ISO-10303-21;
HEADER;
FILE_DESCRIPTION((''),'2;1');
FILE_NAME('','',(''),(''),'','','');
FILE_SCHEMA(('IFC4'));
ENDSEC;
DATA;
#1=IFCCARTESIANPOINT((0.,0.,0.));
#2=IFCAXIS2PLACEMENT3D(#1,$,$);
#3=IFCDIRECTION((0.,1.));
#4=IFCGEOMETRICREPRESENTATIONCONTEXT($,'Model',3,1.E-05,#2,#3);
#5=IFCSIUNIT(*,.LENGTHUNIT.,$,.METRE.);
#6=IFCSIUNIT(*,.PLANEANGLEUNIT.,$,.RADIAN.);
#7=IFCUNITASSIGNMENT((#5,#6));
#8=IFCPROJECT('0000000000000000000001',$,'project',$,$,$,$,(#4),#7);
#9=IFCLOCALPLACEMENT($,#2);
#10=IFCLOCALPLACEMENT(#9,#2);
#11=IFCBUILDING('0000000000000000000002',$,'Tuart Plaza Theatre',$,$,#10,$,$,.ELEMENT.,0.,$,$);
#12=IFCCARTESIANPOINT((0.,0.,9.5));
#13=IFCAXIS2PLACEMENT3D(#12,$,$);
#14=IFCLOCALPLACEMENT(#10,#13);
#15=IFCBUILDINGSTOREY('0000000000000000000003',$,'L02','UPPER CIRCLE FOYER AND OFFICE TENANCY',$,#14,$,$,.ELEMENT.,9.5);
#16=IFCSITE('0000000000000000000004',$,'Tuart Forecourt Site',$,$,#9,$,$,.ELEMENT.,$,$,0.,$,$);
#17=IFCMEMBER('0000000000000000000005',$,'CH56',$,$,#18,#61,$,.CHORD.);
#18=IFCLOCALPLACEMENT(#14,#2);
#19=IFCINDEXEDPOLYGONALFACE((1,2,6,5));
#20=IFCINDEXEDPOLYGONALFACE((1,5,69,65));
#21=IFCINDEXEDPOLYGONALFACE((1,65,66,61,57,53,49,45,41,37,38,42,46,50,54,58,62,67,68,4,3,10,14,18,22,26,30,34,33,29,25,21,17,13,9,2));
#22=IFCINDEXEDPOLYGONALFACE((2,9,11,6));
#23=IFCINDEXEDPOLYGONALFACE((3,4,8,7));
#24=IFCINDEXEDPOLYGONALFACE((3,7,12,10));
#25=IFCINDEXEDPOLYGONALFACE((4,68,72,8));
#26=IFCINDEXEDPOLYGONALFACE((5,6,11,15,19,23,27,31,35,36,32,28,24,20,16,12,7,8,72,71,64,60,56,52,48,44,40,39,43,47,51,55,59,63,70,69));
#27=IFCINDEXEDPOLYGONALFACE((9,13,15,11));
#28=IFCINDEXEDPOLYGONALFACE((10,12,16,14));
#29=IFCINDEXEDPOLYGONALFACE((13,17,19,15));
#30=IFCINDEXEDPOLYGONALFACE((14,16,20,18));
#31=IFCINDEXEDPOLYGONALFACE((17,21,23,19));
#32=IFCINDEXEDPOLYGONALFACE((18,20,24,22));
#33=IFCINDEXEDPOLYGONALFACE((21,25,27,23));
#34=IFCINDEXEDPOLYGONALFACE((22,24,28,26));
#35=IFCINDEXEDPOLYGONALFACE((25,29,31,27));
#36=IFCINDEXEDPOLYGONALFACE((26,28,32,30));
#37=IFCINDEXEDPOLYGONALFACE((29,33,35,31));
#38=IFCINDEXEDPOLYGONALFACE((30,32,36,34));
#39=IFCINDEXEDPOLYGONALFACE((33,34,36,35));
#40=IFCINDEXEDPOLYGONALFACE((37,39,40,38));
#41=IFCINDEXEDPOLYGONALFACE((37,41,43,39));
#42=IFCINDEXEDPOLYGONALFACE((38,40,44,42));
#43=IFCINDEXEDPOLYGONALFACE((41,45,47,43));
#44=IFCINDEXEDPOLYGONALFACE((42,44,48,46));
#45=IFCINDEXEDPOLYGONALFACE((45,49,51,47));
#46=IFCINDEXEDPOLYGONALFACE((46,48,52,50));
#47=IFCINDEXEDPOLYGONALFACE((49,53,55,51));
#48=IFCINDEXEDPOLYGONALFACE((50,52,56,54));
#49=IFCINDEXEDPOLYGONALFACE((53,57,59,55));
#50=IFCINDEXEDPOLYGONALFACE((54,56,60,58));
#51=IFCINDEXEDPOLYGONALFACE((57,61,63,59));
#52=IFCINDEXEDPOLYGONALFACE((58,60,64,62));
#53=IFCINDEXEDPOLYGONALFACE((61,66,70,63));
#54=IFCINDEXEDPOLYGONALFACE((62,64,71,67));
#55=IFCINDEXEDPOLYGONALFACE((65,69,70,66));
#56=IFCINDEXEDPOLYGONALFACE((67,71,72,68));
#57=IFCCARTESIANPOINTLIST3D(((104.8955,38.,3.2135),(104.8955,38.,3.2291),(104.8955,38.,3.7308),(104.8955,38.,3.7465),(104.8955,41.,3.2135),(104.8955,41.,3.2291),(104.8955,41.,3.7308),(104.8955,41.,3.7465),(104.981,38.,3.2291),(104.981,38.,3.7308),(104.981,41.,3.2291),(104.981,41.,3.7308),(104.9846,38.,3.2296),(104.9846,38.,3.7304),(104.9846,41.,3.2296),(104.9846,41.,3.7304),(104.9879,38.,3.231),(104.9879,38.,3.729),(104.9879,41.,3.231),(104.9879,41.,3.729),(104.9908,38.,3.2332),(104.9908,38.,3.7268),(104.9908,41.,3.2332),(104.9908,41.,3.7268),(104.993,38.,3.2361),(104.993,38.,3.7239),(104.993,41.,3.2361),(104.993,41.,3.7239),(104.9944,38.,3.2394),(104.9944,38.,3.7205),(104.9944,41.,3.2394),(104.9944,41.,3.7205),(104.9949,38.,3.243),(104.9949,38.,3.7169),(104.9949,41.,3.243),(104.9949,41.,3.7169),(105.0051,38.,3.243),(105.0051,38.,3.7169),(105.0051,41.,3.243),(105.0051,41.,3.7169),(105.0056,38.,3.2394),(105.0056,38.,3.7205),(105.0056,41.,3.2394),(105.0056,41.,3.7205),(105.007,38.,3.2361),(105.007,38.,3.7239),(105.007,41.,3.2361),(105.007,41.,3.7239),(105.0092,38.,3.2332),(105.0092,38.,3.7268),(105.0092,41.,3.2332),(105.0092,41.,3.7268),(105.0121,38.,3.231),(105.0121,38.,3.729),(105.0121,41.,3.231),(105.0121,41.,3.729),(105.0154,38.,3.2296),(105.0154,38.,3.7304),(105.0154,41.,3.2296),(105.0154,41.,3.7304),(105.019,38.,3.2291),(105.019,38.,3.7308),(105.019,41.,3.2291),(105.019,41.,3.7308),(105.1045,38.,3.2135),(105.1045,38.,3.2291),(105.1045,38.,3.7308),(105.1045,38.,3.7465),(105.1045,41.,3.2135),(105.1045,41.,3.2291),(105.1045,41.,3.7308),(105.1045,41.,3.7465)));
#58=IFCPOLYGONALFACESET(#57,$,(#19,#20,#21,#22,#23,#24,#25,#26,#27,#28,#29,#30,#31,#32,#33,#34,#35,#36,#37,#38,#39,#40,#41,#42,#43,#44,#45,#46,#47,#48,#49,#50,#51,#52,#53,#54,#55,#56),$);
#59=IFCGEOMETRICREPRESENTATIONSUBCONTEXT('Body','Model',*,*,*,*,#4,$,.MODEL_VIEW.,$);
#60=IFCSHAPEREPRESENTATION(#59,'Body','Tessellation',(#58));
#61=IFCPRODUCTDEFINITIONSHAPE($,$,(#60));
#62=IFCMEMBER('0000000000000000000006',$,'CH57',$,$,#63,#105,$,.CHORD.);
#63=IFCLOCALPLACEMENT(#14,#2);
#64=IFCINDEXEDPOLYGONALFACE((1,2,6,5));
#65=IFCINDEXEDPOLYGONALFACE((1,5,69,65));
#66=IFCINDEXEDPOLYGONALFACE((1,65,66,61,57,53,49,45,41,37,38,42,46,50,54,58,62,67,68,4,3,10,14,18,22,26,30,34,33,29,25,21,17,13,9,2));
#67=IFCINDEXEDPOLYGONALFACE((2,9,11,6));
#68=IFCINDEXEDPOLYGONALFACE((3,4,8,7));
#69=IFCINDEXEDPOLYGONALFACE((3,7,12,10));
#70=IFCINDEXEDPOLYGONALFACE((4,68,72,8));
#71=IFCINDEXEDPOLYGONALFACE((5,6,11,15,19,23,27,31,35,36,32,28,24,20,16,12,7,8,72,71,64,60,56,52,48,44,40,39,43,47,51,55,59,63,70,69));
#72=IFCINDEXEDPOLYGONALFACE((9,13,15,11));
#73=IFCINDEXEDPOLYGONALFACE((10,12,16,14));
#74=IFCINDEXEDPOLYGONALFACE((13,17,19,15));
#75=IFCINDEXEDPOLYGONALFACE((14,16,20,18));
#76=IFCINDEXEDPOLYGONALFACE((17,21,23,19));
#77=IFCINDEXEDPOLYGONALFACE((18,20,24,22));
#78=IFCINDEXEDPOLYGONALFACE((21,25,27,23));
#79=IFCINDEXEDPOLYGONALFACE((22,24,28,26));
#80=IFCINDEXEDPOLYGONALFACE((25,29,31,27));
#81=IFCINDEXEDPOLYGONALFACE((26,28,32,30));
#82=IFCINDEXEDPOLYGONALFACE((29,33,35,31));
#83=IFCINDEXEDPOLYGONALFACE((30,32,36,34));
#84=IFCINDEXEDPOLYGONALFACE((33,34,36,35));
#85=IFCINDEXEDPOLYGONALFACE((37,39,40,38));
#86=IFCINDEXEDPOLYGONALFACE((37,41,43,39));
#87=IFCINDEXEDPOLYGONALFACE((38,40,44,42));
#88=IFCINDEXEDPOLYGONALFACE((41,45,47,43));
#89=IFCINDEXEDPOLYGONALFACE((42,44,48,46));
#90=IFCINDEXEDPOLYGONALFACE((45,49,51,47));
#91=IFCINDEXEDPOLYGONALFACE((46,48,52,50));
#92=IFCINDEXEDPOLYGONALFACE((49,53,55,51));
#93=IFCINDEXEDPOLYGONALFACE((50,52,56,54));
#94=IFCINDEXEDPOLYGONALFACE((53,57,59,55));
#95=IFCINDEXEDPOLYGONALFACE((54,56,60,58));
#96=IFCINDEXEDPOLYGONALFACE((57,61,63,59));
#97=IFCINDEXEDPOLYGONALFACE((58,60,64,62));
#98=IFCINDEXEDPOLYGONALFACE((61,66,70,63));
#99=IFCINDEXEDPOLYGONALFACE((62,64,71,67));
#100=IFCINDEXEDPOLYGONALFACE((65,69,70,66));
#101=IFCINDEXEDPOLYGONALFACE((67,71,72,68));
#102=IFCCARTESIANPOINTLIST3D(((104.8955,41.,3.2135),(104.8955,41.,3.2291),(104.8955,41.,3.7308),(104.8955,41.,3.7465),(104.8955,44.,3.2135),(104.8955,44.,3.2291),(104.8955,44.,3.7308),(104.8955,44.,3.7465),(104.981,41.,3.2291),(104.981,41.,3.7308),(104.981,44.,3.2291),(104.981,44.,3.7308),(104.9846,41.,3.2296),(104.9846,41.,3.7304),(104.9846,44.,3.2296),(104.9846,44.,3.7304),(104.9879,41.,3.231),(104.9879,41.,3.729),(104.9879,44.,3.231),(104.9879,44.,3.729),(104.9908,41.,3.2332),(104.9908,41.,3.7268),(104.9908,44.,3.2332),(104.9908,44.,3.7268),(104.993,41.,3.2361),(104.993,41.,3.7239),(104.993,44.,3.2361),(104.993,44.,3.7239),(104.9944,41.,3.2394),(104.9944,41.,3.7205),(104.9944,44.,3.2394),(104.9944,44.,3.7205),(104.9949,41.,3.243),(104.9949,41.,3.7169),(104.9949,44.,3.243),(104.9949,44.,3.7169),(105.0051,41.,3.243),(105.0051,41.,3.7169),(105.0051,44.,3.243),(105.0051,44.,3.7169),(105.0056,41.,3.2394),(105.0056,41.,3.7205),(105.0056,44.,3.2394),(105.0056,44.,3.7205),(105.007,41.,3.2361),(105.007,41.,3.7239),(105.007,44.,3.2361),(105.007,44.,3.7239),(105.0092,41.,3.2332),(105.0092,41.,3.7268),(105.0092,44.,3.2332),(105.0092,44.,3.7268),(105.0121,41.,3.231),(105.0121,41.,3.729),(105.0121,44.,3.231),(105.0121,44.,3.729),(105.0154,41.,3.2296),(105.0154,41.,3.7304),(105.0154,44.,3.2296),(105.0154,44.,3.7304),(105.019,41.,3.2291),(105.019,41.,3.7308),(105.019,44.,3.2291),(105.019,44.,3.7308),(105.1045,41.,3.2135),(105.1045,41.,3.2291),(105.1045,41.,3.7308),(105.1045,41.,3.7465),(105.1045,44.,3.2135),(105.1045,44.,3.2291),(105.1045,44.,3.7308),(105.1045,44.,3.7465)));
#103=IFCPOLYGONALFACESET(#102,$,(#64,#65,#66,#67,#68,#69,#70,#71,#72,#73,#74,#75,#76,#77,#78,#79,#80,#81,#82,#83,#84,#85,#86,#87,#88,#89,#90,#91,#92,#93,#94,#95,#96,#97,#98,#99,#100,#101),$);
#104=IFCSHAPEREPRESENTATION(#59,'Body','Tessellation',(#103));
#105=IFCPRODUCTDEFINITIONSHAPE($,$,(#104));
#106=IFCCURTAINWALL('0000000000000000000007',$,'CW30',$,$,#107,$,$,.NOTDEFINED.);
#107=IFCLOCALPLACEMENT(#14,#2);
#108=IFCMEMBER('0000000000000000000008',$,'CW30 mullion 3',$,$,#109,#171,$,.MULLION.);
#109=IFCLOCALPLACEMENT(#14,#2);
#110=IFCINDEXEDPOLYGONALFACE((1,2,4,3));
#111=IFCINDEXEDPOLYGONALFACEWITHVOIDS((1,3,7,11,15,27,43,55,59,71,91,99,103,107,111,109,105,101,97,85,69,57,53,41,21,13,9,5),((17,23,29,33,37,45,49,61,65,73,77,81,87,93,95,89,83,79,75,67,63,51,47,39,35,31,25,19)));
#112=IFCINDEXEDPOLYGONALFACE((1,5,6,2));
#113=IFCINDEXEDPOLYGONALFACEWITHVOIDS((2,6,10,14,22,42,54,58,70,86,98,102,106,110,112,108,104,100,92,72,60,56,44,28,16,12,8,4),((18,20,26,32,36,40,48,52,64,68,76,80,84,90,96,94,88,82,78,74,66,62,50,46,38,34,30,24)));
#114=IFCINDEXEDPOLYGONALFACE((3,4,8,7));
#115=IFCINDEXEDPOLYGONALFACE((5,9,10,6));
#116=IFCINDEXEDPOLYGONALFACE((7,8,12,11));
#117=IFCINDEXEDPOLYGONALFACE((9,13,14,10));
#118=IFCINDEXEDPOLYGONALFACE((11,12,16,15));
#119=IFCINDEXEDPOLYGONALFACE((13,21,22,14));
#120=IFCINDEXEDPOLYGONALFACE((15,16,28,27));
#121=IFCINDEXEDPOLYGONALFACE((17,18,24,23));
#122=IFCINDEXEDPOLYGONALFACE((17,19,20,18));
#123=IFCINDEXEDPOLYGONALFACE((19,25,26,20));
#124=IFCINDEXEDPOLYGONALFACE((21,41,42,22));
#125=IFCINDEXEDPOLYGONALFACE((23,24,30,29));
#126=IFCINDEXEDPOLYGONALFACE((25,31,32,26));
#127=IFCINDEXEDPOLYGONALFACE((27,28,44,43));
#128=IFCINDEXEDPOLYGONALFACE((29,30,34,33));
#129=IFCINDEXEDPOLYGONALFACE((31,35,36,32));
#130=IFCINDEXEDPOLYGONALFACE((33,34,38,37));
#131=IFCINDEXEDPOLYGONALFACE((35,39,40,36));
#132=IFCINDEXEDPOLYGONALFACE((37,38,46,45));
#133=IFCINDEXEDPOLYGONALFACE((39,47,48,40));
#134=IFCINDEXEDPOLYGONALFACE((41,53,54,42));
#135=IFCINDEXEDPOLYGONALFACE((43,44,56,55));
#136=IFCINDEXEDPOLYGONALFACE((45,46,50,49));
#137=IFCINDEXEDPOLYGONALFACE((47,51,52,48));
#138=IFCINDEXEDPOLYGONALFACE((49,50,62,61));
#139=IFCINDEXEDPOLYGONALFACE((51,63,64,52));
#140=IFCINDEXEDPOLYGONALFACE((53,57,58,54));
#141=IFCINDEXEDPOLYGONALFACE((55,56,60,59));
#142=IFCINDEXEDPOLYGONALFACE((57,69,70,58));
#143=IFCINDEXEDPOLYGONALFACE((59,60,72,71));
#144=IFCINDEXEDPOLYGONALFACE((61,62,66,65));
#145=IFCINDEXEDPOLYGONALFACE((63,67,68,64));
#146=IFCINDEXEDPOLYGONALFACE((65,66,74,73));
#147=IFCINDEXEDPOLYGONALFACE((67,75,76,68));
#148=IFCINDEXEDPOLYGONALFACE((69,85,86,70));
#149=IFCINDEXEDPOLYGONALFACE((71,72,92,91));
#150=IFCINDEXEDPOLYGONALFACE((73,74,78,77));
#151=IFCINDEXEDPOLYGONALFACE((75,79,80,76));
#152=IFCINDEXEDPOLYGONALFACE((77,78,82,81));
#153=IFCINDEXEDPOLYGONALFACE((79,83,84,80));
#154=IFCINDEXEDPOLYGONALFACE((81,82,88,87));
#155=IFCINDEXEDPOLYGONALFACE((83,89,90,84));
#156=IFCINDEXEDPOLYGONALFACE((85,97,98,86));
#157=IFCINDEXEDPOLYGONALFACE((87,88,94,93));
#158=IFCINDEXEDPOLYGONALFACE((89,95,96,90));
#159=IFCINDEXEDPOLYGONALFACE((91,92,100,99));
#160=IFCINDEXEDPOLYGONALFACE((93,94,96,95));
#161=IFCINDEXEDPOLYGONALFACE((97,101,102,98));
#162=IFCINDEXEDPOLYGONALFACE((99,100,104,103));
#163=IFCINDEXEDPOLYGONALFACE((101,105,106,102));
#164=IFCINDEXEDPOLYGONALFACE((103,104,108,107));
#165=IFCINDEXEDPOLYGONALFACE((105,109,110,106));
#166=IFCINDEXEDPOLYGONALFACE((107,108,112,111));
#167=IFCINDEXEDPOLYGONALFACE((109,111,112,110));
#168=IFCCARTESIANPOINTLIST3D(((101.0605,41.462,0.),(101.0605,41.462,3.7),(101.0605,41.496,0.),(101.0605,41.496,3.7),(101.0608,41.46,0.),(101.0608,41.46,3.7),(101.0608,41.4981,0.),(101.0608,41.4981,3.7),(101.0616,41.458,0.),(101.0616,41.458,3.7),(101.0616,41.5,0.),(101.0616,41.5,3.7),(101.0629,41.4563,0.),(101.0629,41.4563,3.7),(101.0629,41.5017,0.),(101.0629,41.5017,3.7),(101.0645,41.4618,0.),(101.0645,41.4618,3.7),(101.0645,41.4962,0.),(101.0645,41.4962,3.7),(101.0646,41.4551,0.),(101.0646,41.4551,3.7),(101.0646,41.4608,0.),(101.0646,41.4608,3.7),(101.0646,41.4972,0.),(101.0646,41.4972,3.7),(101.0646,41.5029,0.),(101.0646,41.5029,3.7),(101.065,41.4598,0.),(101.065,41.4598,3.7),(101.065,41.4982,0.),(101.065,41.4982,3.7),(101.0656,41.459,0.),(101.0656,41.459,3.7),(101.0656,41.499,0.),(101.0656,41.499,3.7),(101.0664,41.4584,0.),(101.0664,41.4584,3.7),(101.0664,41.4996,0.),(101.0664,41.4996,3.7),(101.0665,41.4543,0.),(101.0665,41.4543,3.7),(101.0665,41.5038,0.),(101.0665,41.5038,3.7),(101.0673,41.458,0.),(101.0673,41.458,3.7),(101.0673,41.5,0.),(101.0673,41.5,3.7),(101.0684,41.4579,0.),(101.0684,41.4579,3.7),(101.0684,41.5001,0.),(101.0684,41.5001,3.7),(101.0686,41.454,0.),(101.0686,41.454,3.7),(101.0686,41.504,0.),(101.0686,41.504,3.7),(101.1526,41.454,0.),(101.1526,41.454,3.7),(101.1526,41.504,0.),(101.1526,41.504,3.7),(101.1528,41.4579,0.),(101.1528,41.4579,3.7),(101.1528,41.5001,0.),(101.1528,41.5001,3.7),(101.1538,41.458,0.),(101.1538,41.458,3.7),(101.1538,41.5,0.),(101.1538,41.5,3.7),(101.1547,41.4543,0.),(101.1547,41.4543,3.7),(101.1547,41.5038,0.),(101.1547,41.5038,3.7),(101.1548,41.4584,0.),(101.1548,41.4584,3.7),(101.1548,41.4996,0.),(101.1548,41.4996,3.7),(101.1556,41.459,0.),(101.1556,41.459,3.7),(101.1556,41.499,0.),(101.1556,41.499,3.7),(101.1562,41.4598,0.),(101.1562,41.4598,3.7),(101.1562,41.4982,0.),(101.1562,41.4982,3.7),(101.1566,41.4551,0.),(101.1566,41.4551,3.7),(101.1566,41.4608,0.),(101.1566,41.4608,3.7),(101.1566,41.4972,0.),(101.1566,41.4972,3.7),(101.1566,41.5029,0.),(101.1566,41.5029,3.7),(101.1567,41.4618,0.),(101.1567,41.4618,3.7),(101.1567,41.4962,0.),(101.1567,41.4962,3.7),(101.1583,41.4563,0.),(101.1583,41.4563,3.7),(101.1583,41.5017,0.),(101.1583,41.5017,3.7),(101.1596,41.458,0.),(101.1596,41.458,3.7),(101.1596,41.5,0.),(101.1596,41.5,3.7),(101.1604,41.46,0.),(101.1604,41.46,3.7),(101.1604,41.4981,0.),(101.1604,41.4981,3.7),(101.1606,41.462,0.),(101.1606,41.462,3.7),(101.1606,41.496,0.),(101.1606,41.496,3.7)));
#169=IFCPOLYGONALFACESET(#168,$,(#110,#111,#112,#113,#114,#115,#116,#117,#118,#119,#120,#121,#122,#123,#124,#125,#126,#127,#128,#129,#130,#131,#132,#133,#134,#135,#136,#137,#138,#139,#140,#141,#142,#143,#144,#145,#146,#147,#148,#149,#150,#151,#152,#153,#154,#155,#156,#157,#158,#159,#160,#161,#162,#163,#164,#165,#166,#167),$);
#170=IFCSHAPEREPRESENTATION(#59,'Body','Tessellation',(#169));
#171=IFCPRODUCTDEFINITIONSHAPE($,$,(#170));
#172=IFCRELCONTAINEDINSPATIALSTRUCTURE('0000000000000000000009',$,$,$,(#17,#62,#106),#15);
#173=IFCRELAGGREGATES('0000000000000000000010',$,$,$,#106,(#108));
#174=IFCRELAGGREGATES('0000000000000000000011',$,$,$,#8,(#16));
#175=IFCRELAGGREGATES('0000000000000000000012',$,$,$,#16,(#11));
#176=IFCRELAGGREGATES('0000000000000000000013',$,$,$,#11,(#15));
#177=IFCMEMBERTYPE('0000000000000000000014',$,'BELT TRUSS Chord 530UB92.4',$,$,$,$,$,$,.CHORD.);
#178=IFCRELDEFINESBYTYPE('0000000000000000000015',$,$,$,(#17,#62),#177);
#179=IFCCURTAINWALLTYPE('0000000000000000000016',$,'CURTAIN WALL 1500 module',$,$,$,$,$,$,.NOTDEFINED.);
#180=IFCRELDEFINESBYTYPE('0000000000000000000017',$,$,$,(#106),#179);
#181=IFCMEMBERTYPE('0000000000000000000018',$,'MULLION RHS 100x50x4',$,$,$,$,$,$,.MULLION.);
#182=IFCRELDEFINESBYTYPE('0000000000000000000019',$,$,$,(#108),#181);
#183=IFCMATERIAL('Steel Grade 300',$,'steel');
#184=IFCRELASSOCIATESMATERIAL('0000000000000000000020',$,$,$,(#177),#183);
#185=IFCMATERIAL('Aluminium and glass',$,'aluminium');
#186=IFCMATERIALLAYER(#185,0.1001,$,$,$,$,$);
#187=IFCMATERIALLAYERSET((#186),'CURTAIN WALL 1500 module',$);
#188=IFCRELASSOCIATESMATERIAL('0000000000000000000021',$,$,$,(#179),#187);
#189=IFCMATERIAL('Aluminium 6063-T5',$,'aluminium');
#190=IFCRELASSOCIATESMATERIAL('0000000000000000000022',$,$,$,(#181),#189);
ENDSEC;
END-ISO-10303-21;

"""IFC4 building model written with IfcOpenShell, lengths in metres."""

from ifc_helpers import new_model, si_unit, direction, frame, origin, origin_2d, place, context, subcontext, project, spatial, hollow_rectangle, i_section, extrude, material, layer, layer_set, material_profile, profile_set, type_object, element, aggregate, save


model = new_model("IFC4")

# Units and contexts
model_context = context("Model", 3, precision=1e-05, world=origin(), true_north=direction((0.0, 1.0)))
body_context = subcontext(model_context, "Body", "Model", "MODEL_VIEW")
ifc_project = project(units=[si_unit("LENGTHUNIT", "METRE"), si_unit("PLANEANGLEUNIT", "RADIAN")], contexts=[model_context])

# Site, building, storey
site_placement = place(None, origin())
site = spatial("IfcSite", under=ifc_project, at=site_placement, Name="Tuart Forecourt Site", CompositionType="ELEMENT", RefElevation=0.0)
building_placement = place(site_placement, origin())
building = spatial("IfcBuilding", under=site, at=building_placement, Name="Tuart Plaza Theatre", CompositionType="ELEMENT", ElevationOfRefHeight=0.0)
storey_placement = place(building_placement, frame((0.0, 0.0, 9.5)))
storey = spatial("IfcBuildingStorey", under=building, at=storey_placement, Name="L02", Description="UPPER CIRCLE FOYER AND OFFICE TENANCY", CompositionType="ELEMENT", Elevation=9.5)

# Members
ifc_material_1 = material(Name="Steel Grade 300", Category="steel")
ifc_material_profile_1 = material_profile(ifc_material_1, i_section(OverallWidth=0.209, OverallDepth=0.533, WebThickness=0.0103, FlangeThickness=0.0156, FilletRadius=0.0139, at=origin_2d()), Name="530UB92.4")
ifc_profile_set_1 = profile_set([ifc_material_profile_1], Name="Steel Grade 300")
member_type_1 = type_object("IfcMemberType", Name="BELT TRUSS Chord 530UB92.4", PredefinedType="CHORD", material=ifc_profile_set_1)
for number, where, z_axis, x_axis, name in (
    (1, (105.0, 38.0, 3.48), (0.0, 1.0, 0.0), (-1.0, 0.0, 0.0), "CH56"),
    (2, (105.0, 41.0, 3.48), (0.0, 1.0, 0.0), (-1.0, 0.0, 0.0), "CH57"),
):
    element("IfcMember", number, at=place(storey_placement, frame(where, z_axis=z_axis, x_axis=x_axis)), inside=storey, type_object=member_type_1, Name=name, PredefinedType="CHORD", context=body_context, shape_type="SweptSolid", body=[
        extrude(i_section(OverallWidth=0.209, OverallDepth=0.533, WebThickness=0.0103, FlangeThickness=0.0156, FilletRadius=0.0139, at=origin_2d()), origin(), (0.0, 0.0, 1.0), 3.0),
    ])

# Curtain wall, member
ifc_material_2 = material(Name="Aluminium and glass", Category="aluminium")
ifc_layer_1 = layer(ifc_material_2, 0.1001)
ifc_layer_set_1 = layer_set([ifc_layer_1], Name="CURTAIN WALL 1500 module")
curtain_wall_type = type_object("IfcCurtainWallType", Name="CURTAIN WALL 1500 module", PredefinedType="NOTDEFINED", material=ifc_layer_set_1)
curtain_wall_placement = place(storey_placement, origin())
curtain_wall = element("IfcCurtainWall", 3, at=curtain_wall_placement, inside=storey, type_object=curtain_wall_type, Name="CW30", PredefinedType="NOTDEFINED")
ifc_material_3 = material(Name="Aluminium 6063-T5", Category="aluminium")
ifc_material_profile_2 = material_profile(ifc_material_3, hollow_rectangle(XDim=0.05, YDim=0.1001, WallThickness=0.0039, InnerFilletRadius=0.0039, OuterFilletRadius=0.0081, at=origin_2d()), Name="RHS 100x50x4")
ifc_profile_set_2 = profile_set([ifc_material_profile_2], Name="Aluminium 6063-T5")
member_type_2 = type_object("IfcMemberType", Name="MULLION RHS 100x50x4", PredefinedType="MULLION", material=ifc_profile_set_2)
member_1_placement = place(storey_placement, frame((101.1106, 41.479, 0.0), z_axis=(0.0, 0.0, 1.0), x_axis=(0.0, 1.0, 0.0)))
member_1 = element("IfcMember", 4, at=member_1_placement, type_object=member_type_2, Name="CW30 mullion 3", PredefinedType="MULLION", context=body_context, shape_type="SweptSolid", body=[
    extrude(hollow_rectangle(XDim=0.05, YDim=0.1001, WallThickness=0.0039, InnerFilletRadius=0.0039, OuterFilletRadius=0.0081, at=origin_2d()), origin(), (0.0, 0.0, 1.0), 3.7),
])
aggregate(curtain_wall, [member_1])

save(model, "model.ifc")
